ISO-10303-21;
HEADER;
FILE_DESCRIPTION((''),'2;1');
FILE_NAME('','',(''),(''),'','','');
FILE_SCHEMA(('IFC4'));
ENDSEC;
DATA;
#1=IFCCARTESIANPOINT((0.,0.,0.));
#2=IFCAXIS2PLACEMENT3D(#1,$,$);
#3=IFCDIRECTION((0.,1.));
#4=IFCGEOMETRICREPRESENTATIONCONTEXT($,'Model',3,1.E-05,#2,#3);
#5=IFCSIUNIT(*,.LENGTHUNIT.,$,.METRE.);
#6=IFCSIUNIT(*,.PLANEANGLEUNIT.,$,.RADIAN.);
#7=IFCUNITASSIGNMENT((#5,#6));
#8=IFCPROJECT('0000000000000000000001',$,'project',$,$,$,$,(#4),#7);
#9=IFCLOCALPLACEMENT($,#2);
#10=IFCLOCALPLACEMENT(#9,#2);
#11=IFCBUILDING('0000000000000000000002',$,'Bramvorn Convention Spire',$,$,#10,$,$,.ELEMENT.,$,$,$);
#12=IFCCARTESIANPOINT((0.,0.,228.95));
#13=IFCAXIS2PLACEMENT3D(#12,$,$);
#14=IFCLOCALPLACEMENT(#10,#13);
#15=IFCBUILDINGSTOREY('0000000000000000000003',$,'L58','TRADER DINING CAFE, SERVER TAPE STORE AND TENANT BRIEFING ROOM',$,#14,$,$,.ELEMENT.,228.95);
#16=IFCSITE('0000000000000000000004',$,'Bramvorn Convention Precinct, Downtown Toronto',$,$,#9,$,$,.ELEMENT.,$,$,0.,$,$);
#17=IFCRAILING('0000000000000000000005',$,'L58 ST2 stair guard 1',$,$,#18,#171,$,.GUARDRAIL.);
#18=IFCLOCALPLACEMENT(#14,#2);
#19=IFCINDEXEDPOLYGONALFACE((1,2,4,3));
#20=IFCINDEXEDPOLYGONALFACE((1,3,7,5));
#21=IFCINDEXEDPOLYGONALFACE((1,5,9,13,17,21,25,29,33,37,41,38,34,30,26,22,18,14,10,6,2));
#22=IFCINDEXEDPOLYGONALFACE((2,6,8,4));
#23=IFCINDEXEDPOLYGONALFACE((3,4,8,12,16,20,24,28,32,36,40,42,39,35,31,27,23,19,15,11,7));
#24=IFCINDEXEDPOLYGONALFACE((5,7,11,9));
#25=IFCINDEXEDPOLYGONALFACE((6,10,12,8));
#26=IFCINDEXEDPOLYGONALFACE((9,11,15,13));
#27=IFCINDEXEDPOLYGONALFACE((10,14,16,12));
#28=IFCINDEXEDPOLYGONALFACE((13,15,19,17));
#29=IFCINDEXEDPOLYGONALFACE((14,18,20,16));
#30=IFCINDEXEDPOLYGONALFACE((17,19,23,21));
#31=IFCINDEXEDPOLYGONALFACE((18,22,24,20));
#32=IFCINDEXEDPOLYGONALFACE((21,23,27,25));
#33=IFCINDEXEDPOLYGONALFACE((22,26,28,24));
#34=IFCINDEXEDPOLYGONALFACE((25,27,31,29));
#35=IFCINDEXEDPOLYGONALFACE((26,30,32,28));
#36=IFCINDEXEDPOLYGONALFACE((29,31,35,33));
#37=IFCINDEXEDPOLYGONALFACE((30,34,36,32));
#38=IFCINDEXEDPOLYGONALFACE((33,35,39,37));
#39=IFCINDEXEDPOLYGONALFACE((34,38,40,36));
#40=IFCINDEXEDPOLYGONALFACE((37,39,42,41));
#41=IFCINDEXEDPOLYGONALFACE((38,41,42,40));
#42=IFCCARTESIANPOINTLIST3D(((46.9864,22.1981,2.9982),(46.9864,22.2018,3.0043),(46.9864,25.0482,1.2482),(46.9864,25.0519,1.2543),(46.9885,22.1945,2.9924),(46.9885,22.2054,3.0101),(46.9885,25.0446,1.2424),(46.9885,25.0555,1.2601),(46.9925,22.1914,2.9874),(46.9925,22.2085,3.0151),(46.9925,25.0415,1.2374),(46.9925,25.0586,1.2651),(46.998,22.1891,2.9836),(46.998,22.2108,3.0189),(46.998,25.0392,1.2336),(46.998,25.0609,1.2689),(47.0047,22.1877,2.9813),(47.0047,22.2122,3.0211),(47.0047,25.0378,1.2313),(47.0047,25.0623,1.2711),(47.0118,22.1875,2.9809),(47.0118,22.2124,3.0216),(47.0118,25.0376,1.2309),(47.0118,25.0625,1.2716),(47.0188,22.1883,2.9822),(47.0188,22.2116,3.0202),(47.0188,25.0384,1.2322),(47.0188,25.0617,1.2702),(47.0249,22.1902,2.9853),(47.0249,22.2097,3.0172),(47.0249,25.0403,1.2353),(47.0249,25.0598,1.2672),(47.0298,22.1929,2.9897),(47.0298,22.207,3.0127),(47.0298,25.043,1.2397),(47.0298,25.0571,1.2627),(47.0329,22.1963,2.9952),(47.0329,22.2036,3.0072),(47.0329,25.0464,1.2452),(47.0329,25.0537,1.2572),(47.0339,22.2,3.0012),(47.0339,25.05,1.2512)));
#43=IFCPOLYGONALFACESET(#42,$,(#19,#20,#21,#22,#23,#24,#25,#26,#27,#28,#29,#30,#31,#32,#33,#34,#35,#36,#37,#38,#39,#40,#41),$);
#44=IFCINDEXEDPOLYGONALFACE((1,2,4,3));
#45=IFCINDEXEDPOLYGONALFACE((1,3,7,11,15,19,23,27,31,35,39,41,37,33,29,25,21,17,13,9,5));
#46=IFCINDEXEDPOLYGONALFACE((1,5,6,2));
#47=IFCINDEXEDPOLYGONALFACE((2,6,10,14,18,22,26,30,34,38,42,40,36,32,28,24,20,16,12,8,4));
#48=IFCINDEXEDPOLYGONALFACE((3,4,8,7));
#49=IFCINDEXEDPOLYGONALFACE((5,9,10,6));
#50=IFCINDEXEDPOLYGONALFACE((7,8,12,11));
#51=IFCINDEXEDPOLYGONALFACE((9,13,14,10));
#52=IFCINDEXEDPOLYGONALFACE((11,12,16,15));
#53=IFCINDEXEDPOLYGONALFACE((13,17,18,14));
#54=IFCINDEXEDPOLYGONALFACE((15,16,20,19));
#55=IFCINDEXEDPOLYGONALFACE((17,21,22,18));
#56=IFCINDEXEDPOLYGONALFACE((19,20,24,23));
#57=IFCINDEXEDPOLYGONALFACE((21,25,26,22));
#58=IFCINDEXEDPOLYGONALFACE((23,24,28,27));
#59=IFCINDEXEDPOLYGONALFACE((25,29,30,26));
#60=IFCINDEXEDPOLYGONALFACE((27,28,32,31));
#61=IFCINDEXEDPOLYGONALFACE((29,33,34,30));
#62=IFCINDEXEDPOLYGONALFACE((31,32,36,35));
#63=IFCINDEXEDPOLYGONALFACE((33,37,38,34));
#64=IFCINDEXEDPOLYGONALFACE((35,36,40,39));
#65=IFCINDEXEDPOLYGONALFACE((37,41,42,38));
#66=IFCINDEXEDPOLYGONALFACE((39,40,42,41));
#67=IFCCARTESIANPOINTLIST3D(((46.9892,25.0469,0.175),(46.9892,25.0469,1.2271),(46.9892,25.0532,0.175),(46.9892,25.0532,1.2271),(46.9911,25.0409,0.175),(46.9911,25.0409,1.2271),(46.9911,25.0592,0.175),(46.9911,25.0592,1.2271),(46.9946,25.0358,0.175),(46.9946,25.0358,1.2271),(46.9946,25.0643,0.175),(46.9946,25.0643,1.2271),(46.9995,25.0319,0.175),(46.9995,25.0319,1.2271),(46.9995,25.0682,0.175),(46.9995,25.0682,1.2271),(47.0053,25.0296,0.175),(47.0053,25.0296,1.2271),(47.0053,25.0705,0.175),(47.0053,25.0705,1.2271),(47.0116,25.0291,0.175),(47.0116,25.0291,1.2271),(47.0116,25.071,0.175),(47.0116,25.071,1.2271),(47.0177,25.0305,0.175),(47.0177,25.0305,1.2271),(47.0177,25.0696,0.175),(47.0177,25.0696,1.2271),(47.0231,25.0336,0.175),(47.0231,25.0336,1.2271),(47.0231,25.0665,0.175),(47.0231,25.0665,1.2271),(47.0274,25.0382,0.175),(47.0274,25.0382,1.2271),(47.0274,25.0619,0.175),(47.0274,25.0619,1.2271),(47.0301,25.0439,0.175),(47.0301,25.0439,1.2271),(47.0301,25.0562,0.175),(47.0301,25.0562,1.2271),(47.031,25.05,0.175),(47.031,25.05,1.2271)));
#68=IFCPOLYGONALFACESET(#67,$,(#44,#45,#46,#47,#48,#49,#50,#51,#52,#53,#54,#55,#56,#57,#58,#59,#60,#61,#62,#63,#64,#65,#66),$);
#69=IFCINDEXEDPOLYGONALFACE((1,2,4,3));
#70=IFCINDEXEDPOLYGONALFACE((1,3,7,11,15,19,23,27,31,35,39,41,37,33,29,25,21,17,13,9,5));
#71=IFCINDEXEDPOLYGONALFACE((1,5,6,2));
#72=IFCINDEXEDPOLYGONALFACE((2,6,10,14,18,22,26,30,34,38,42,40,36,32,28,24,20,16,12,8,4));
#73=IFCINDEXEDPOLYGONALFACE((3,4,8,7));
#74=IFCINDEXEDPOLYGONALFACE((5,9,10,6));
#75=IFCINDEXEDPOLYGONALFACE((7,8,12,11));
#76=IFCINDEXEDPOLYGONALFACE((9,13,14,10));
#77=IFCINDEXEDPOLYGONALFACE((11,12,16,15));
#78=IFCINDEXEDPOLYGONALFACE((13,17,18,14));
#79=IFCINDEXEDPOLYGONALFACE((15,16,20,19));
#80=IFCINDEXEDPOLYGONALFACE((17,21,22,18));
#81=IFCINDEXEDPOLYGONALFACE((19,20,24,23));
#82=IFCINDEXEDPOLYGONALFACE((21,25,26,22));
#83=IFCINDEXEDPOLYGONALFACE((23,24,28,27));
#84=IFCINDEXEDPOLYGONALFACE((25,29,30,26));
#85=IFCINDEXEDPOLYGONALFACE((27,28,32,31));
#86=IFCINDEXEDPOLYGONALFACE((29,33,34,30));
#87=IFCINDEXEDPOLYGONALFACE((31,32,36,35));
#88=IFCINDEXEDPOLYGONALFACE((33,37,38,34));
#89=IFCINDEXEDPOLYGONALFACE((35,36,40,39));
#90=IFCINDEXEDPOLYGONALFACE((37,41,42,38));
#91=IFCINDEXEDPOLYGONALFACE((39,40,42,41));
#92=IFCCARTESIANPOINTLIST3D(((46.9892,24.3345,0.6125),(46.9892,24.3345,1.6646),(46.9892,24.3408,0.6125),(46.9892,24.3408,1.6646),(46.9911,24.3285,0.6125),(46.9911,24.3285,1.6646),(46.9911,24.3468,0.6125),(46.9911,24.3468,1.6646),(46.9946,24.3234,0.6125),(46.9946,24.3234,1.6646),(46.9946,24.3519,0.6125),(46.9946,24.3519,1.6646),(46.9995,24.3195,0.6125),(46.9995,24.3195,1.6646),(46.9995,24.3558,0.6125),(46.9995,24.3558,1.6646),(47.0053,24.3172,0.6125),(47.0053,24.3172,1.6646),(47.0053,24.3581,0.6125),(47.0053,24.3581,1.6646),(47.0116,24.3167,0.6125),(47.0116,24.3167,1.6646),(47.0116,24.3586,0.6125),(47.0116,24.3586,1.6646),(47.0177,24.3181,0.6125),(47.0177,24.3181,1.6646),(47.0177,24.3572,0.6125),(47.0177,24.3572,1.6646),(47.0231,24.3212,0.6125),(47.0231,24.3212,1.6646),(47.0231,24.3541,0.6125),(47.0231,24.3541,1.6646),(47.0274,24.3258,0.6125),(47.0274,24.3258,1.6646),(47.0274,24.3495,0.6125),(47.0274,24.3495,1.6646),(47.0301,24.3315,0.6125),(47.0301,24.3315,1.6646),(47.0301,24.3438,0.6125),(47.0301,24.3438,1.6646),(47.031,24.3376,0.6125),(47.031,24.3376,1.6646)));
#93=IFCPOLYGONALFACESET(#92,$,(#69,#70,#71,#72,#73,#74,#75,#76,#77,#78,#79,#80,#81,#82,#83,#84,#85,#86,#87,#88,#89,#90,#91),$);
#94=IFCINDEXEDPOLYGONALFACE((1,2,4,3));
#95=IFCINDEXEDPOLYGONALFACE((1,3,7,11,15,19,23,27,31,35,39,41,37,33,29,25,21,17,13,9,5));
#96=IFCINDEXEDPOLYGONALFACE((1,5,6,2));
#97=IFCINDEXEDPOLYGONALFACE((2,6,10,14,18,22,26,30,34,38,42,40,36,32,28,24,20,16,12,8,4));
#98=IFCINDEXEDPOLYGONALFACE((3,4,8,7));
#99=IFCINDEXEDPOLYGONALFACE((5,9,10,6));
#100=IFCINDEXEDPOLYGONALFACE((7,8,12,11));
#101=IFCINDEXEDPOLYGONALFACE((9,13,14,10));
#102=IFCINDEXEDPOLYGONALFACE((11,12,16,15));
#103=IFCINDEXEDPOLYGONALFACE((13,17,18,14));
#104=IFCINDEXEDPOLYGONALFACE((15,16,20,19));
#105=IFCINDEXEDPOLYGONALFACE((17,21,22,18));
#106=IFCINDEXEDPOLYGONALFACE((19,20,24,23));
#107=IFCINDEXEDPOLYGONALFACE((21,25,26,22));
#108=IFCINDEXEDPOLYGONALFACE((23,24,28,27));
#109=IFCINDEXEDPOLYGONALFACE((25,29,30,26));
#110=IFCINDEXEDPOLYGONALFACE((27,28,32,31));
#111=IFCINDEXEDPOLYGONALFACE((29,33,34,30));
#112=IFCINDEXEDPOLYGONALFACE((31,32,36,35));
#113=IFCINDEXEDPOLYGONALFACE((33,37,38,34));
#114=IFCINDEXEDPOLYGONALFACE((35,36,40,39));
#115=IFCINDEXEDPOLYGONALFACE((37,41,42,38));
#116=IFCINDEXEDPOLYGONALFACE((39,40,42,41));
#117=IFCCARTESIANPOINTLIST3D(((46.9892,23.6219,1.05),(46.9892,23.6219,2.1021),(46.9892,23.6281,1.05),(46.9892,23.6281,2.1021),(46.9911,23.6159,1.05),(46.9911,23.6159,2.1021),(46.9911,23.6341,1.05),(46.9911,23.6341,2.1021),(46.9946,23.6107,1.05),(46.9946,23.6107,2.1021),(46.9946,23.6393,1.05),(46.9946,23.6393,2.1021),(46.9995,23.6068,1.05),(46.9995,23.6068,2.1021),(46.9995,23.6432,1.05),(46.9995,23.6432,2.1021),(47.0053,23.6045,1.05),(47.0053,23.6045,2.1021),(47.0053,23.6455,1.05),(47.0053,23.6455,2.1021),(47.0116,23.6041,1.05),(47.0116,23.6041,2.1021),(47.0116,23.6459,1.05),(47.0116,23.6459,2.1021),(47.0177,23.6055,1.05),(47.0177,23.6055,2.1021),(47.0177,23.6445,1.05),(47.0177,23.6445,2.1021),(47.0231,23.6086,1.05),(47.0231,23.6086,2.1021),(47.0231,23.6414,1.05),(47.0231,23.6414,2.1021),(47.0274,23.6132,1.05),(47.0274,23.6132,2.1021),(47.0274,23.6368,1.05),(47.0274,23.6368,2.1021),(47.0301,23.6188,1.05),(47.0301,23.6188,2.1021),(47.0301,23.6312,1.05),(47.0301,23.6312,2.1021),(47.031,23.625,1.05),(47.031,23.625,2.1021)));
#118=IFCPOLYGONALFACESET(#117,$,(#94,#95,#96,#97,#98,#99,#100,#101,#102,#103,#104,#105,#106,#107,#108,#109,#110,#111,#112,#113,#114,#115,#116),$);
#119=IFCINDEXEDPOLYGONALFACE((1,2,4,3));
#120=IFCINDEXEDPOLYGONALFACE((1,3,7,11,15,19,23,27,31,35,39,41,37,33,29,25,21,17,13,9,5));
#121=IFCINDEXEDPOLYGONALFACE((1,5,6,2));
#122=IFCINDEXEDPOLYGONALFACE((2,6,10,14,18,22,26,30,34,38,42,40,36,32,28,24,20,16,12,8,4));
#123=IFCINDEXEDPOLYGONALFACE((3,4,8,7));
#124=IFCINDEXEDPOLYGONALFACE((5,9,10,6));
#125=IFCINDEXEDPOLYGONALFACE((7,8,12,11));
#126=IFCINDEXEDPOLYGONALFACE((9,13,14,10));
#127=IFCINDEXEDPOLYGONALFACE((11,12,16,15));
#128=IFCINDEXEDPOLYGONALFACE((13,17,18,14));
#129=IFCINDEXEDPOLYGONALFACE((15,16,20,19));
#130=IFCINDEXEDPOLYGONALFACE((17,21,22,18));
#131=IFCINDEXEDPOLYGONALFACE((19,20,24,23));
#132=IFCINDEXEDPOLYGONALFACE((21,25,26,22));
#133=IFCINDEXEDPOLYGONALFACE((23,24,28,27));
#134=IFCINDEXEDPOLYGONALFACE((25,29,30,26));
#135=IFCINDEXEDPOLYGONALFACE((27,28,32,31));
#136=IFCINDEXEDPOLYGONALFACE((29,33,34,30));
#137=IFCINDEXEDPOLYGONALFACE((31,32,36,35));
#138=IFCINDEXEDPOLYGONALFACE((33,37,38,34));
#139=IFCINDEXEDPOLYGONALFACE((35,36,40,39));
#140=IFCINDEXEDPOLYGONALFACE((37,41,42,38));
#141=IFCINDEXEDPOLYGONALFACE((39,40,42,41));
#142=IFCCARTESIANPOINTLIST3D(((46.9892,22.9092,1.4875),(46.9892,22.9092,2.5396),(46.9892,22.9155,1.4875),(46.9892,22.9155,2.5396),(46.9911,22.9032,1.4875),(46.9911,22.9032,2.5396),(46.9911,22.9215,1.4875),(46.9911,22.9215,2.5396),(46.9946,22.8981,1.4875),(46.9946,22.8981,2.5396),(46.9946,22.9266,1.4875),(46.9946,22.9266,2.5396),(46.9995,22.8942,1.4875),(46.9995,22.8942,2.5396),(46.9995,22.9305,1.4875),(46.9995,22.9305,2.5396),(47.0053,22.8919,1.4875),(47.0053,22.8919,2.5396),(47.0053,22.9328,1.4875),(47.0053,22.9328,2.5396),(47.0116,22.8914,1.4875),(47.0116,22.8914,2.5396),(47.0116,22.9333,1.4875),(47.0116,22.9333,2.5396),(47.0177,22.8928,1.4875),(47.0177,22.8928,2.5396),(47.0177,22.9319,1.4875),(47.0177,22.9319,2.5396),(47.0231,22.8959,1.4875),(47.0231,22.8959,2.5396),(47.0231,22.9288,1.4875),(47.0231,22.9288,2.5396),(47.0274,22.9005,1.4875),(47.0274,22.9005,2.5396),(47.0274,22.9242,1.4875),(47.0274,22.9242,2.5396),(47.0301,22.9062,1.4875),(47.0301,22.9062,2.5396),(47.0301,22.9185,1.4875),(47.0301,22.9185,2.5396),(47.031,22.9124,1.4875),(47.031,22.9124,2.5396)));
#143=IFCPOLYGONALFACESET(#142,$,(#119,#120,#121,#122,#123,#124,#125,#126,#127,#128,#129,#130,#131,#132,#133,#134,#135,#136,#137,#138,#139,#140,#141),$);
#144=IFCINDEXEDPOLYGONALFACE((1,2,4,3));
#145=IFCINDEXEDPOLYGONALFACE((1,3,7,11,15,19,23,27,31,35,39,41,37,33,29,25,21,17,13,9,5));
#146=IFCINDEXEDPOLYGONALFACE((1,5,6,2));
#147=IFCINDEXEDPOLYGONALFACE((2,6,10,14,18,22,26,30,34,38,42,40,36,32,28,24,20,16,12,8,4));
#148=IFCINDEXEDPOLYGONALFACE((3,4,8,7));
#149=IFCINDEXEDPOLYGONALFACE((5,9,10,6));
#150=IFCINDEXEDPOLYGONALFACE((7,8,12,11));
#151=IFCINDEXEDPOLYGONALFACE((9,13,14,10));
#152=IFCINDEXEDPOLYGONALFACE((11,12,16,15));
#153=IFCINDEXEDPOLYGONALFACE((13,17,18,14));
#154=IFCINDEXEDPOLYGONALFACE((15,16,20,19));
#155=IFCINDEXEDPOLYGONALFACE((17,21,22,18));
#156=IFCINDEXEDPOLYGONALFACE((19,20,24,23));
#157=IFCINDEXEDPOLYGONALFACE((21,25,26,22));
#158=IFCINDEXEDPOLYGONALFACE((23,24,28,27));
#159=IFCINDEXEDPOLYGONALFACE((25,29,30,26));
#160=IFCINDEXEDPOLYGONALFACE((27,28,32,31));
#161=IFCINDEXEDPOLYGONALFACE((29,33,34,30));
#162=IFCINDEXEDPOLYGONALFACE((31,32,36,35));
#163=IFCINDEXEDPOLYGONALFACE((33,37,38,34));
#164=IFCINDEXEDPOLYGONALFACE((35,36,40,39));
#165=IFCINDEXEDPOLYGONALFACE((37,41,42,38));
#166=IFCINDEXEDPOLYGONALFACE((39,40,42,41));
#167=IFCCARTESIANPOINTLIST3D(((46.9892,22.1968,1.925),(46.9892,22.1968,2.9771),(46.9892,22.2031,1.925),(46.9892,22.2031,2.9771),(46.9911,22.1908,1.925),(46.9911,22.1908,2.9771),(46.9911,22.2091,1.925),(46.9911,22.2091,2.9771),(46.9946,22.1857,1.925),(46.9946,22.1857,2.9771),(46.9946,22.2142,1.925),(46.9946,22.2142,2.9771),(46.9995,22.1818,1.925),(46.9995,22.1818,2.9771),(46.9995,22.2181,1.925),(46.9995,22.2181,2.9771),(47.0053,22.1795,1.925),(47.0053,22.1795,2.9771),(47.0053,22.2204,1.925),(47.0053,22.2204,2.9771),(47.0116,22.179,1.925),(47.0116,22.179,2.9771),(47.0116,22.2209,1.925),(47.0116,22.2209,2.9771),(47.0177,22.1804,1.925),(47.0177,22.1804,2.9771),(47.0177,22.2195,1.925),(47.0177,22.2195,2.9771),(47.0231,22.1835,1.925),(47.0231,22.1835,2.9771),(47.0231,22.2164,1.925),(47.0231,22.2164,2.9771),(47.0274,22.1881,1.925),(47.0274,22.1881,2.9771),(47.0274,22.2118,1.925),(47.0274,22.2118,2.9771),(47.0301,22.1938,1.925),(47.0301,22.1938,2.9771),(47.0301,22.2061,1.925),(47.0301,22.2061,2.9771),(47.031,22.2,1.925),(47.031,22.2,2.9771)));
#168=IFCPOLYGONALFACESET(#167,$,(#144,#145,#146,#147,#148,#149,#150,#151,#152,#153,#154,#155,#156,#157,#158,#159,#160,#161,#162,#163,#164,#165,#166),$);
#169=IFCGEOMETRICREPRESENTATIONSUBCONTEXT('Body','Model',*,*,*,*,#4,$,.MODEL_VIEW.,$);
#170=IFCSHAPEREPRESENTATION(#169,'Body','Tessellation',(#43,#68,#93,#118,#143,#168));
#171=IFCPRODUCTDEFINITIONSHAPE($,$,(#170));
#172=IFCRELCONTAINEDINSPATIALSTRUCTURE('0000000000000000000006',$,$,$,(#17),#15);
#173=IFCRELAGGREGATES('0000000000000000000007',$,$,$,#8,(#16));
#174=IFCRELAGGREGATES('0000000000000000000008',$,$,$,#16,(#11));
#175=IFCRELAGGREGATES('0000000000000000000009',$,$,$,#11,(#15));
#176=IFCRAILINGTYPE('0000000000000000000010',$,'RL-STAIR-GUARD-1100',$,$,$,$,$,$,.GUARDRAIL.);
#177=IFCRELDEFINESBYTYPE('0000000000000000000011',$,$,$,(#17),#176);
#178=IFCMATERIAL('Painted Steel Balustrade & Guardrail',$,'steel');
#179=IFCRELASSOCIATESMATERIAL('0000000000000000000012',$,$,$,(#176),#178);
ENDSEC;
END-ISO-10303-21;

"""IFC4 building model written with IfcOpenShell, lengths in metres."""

from ifc_helpers import new_model, si_unit, direction, frame, origin, origin_2d, place, context, subcontext, project, spatial, circle, extrude, material, type_object, element, save


model = new_model("IFC4")

# Units and contexts
model_context = context("Model", 3, precision=1e-05, world=origin(), true_north=direction((0.0, 1.0)))
body_context = subcontext(model_context, "Body", "Model", "MODEL_VIEW")
ifc_project = project(units=[si_unit("LENGTHUNIT", "METRE"), si_unit("PLANEANGLEUNIT", "RADIAN")], contexts=[model_context])

# Site, building, storey
site_placement = place(None, origin())
site = spatial("IfcSite", under=ifc_project, at=site_placement, Name="Bramvorn Convention Precinct, Downtown Toronto", CompositionType="ELEMENT", RefElevation=0.0)
building_placement = place(site_placement, origin())
building = spatial("IfcBuilding", under=site, at=building_placement, Name="Bramvorn Convention Spire", CompositionType="ELEMENT")
storey_placement = place(building_placement, frame((0.0, 0.0, 228.95)))
storey = spatial("IfcBuildingStorey", under=building, at=storey_placement, Name="L58", Description="TRADER DINING CAFE, SERVER TAPE STORE AND TENANT BRIEFING ROOM", CompositionType="ELEMENT", Elevation=228.95)

# Railing
ifc_material_1 = material(Name="Painted Steel Balustrade & Guardrail", Category="steel")
railing_type_1 = type_object("IfcRailingType", Name="RL-STAIR-GUARD-1100", PredefinedType="GUARDRAIL", material=ifc_material_1)
railing_1_placement = place(storey_placement, frame((47.01, 25.05, 0.175)))
element("IfcRailing", 1, at=railing_1_placement, inside=storey, type_object=railing_type_1, Name="L58 ST2 stair guard 1", PredefinedType="GUARDRAIL", context=body_context, shape_type="SweptSolid", body=[
    extrude(circle(Radius=0.0239, at=origin_2d()), frame((0.0, 0.0, 1.0762), z_axis=(0.0, -0.852179, 0.52325), x_axis=(1.0, 0.0, 0.0)), (0.0, 0.0, 1.0), 3.3445),
    extrude(circle(Radius=0.021, at=origin_2d()), origin(), (0.0, 0.0, 1.0), 1.052),
    extrude(circle(Radius=0.021, at=origin_2d()), frame((0.0, -0.7124, 0.4375)), (0.0, 0.0, 1.0), 1.052),
    extrude(circle(Radius=0.021, at=origin_2d()), frame((0.0, -1.425, 0.875)), (0.0, 0.0, 1.0), 1.052),
    extrude(circle(Radius=0.021, at=origin_2d()), frame((0.0, -2.1377, 1.3125)), (0.0, 0.0, 1.0), 1.052),
    extrude(circle(Radius=0.021, at=origin_2d()), frame((0.0, -2.8501, 1.75)), (0.0, 0.0, 1.0), 1.052),
])

save(model, "model.ifc")
